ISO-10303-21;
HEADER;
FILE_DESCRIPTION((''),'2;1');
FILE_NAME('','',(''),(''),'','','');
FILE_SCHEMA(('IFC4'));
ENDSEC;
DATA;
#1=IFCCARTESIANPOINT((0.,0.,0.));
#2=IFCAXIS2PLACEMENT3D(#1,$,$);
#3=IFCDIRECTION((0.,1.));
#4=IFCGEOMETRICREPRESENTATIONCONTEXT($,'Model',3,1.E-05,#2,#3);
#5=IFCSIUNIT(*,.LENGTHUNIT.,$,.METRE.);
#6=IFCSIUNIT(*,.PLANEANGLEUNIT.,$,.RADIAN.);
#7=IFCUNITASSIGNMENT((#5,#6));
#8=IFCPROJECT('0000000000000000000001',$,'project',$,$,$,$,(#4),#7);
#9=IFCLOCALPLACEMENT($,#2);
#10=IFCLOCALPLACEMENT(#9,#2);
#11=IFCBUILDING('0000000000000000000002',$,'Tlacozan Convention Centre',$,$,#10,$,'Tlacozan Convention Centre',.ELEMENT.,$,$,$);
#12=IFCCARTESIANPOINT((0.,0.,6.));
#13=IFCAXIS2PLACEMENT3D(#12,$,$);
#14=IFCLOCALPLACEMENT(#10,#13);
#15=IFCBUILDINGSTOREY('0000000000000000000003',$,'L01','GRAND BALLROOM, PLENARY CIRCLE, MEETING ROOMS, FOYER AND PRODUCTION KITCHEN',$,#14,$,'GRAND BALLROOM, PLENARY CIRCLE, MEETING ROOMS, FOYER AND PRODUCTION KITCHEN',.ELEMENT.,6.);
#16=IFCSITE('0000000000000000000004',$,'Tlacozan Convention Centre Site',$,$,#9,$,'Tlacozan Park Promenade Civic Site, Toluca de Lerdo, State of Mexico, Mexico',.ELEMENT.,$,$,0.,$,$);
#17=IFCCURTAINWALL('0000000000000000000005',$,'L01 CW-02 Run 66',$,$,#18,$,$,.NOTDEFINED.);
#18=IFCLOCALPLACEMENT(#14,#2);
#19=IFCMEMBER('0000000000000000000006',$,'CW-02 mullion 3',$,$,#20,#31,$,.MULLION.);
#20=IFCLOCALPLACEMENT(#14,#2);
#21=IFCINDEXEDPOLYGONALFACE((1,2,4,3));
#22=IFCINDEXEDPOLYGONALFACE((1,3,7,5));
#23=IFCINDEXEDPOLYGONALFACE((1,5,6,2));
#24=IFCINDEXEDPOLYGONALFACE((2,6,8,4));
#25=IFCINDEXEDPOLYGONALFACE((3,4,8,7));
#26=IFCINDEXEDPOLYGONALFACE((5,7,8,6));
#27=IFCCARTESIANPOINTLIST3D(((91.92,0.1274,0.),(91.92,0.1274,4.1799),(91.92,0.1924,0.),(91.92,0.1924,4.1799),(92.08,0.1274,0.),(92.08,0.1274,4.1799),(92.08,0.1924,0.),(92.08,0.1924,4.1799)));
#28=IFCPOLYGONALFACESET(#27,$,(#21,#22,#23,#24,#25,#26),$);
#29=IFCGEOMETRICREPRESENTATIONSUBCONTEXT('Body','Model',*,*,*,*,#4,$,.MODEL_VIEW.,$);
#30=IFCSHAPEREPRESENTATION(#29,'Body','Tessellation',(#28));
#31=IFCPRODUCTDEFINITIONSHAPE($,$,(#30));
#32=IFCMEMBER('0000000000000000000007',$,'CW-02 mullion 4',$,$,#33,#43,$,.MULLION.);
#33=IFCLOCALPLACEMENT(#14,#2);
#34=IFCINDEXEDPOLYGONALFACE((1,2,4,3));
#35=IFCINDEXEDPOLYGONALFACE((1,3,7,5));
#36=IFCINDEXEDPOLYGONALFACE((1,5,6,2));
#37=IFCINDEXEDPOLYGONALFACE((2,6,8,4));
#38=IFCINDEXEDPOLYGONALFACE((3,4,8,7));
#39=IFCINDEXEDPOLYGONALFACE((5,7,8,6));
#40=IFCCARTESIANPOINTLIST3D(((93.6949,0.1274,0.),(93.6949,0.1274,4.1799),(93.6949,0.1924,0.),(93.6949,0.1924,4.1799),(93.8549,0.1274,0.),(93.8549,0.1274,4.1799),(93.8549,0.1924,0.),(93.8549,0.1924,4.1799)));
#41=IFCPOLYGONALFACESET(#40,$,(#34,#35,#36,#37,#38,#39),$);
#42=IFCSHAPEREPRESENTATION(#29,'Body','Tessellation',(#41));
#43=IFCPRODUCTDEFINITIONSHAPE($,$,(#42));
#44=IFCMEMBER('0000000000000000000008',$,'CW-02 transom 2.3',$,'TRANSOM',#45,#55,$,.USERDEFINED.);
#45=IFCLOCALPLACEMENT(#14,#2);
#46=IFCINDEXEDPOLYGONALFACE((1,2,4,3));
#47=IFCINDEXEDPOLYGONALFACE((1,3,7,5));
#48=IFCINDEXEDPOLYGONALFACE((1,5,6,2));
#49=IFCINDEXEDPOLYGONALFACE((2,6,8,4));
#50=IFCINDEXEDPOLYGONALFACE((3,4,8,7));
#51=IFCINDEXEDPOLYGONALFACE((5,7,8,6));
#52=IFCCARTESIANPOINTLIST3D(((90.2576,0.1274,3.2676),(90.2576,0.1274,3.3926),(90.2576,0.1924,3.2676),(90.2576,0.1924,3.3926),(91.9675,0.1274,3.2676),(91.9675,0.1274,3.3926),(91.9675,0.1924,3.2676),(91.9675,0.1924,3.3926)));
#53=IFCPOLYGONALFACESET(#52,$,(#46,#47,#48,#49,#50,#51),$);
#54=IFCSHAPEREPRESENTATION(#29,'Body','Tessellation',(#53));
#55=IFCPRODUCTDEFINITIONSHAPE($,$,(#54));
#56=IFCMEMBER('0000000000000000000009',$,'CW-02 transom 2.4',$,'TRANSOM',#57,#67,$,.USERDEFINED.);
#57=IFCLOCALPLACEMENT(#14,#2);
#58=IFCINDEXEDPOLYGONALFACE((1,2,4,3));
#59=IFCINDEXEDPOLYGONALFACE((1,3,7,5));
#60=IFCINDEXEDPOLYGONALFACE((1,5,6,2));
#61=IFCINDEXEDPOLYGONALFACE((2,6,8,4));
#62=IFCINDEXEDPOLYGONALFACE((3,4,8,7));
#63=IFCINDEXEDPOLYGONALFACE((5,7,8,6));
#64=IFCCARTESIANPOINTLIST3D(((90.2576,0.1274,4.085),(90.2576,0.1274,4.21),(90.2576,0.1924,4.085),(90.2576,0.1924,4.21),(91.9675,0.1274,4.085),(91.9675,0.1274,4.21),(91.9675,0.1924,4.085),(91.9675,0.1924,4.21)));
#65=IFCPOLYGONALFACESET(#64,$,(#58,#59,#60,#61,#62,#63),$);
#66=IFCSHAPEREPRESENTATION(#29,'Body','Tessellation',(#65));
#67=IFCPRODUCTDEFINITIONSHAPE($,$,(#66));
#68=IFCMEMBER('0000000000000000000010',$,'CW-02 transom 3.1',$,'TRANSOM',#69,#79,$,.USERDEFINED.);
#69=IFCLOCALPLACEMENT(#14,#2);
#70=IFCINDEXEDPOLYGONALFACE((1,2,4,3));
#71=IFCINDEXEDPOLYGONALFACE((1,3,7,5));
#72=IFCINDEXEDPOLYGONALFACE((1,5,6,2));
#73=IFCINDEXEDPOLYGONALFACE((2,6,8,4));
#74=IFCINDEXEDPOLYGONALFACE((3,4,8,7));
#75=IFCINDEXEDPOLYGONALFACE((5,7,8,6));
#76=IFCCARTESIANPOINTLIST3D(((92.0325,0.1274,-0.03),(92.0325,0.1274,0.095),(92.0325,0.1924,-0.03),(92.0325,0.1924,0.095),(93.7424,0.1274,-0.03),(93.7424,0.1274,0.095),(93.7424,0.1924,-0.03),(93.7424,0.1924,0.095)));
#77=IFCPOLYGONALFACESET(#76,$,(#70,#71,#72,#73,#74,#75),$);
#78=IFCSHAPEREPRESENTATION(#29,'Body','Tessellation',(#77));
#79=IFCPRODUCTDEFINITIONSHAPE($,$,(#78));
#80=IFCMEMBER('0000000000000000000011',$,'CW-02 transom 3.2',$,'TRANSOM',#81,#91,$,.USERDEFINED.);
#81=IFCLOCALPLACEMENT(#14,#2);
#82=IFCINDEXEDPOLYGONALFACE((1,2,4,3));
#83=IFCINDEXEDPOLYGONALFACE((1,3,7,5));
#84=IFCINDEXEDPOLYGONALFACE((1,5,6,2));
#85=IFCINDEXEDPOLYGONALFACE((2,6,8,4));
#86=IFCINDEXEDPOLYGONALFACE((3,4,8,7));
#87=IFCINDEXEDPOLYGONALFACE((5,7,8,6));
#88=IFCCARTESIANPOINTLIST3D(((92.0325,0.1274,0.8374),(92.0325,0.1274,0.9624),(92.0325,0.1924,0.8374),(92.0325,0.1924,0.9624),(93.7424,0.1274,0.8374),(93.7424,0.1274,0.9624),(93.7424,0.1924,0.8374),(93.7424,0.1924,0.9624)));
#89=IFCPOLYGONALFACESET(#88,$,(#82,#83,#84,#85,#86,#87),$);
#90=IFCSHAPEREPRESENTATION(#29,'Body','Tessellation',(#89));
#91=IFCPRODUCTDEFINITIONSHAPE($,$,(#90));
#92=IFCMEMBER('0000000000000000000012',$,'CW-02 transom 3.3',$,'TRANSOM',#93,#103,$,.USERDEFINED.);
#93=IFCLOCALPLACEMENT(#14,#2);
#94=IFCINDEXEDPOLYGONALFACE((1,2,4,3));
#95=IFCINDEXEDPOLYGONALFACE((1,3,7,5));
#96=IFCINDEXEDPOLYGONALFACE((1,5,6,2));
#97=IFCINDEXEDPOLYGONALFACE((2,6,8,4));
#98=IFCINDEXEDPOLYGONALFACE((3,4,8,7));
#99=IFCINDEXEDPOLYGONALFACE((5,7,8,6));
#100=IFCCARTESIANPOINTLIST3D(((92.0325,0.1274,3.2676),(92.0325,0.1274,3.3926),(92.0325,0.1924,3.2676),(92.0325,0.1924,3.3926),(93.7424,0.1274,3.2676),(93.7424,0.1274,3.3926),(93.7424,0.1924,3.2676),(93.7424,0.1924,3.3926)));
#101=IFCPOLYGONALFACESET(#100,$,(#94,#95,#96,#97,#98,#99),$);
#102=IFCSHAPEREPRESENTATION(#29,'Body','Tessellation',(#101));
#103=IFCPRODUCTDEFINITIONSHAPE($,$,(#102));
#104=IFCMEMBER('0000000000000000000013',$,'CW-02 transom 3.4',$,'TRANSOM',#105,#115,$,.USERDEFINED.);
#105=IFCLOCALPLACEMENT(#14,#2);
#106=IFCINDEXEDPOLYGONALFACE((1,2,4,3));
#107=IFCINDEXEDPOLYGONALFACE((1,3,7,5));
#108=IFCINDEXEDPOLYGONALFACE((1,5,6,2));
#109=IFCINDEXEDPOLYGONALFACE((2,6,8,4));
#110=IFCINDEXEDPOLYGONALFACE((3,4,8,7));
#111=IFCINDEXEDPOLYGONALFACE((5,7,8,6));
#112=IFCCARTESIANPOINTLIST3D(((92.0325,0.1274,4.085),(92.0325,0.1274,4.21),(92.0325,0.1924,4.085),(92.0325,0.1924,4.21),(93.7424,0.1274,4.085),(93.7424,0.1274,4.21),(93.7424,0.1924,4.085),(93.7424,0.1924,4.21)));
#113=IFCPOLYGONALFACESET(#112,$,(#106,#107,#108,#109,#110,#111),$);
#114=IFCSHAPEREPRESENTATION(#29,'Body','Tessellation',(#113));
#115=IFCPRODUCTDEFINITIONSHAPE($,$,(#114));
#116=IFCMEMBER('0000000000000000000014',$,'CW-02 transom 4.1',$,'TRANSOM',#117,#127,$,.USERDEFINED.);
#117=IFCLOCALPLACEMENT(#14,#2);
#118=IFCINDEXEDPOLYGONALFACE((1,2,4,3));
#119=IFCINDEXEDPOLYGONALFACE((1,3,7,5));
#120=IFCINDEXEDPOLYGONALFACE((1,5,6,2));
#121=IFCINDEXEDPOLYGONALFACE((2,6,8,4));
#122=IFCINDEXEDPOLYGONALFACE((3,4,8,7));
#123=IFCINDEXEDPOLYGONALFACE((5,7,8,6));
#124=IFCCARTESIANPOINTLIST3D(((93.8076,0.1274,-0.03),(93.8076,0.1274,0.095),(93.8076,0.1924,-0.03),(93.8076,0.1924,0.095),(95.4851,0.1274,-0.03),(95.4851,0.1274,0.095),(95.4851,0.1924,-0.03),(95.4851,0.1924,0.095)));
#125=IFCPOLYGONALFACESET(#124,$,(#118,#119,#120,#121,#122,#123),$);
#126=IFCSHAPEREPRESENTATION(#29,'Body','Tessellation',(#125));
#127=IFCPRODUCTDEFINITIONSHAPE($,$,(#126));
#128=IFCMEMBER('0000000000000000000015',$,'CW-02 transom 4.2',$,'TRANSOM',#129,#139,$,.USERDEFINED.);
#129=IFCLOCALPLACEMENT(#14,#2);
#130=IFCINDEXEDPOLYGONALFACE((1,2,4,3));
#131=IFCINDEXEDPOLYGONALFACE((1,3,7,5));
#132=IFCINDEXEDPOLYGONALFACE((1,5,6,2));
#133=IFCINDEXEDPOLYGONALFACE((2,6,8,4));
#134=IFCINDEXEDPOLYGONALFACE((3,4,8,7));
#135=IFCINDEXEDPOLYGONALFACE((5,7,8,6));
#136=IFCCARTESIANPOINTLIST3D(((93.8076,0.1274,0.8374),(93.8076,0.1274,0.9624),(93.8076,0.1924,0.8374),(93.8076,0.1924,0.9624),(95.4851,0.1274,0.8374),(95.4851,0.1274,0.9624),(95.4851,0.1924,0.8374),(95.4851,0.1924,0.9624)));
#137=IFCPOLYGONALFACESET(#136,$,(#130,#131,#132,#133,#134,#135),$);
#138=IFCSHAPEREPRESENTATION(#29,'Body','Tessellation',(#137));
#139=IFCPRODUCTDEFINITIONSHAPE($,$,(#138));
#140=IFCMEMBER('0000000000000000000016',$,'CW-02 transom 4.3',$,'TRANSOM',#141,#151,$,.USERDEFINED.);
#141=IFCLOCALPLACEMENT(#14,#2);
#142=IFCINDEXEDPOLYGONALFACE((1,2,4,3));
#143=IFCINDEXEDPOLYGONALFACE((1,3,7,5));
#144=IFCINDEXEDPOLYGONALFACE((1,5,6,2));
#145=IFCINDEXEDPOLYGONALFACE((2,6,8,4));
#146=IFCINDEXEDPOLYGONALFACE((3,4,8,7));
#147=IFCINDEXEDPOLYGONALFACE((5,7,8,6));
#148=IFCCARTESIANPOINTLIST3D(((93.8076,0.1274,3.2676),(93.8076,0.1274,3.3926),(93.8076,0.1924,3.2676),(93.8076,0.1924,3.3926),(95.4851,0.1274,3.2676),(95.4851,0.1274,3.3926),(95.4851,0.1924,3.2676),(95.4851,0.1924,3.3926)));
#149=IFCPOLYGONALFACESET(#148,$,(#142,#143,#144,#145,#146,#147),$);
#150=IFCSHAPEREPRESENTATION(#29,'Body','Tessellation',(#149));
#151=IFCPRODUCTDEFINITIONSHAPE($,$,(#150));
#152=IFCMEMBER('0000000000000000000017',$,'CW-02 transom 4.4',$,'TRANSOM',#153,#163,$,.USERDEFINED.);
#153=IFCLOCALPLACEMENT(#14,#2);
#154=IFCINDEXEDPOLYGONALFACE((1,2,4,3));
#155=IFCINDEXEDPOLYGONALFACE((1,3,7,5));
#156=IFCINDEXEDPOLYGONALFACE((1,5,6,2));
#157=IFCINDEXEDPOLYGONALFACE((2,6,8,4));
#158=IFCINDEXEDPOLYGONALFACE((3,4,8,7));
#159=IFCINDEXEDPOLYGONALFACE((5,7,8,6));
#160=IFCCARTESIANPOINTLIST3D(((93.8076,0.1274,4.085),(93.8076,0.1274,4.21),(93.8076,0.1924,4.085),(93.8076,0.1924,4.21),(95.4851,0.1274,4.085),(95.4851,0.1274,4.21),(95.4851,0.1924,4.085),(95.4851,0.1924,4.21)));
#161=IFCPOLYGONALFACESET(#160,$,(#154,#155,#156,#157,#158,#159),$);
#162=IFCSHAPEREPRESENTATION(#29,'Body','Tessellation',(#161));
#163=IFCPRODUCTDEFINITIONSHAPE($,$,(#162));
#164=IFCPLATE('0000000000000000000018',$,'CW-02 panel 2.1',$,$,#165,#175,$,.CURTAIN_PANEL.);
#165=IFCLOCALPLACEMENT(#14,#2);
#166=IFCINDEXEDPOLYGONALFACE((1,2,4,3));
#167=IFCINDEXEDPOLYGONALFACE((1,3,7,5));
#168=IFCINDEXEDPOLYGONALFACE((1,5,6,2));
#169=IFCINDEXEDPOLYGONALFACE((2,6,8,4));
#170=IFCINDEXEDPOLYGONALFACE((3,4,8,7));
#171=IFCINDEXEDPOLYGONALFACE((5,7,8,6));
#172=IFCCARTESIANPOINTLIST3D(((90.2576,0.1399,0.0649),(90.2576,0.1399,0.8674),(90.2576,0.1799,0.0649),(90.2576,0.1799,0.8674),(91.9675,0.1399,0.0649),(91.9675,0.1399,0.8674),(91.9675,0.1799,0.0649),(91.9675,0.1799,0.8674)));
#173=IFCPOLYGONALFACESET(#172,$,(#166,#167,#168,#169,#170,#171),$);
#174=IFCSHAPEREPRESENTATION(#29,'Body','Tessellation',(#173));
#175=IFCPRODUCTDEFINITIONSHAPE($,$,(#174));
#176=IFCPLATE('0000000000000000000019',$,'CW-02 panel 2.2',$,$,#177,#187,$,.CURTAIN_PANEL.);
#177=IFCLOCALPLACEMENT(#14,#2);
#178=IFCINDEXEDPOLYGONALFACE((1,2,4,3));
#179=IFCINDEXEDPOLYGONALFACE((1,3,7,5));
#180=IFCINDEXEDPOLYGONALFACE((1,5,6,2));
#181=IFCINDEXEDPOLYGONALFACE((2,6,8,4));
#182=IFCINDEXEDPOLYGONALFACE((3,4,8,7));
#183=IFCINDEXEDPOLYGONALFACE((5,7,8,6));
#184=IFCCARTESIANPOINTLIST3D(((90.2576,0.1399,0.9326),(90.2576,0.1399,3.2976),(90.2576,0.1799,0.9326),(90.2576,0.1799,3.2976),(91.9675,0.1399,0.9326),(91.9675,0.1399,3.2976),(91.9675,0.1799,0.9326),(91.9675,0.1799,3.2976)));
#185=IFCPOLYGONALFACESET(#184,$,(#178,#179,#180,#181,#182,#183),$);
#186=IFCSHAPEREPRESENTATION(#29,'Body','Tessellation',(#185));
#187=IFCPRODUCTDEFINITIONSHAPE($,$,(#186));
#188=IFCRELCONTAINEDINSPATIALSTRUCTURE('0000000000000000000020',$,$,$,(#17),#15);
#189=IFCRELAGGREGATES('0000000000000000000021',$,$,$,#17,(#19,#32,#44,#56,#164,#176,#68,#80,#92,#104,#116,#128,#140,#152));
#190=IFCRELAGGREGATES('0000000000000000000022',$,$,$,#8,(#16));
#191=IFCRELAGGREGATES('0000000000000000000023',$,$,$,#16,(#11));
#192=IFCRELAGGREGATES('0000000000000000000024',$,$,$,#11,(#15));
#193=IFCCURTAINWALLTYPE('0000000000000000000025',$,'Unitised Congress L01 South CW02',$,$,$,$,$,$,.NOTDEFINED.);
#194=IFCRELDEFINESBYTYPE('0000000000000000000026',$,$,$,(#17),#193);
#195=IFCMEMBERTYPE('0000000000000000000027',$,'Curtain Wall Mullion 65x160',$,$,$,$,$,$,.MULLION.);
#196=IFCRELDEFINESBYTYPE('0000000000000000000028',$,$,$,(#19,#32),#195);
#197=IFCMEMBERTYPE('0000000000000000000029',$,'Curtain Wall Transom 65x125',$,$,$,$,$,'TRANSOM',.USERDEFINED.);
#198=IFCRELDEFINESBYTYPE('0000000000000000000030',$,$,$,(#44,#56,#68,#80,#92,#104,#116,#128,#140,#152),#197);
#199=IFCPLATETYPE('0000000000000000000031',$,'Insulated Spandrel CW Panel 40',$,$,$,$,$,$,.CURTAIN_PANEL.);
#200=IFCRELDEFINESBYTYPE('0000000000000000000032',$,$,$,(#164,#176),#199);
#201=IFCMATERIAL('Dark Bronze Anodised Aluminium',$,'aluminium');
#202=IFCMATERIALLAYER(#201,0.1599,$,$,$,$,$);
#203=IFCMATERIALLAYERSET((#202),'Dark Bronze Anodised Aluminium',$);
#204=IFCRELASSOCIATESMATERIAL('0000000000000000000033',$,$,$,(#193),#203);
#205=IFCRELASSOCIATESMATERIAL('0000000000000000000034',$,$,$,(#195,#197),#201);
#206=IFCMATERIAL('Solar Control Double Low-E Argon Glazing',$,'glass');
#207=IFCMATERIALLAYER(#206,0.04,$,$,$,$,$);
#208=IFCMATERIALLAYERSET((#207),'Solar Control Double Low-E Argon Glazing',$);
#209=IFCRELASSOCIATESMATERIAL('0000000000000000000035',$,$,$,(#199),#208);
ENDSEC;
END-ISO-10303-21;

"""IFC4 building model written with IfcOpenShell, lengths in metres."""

from ifc_helpers import new_model, si_unit, direction, frame, origin, origin_2d, place, context, subcontext, project, spatial, rectangle, extrude, material, layer, layer_set, material_profile, profile_set, type_object, element, aggregate, save


model = new_model("IFC4")

# Units and contexts
model_context = context("Model", 3, precision=1e-05, world=origin(), true_north=direction((0.0, 1.0)))
body_context = subcontext(model_context, "Body", "Model", "MODEL_VIEW")
ifc_project = project(units=[si_unit("LENGTHUNIT", "METRE"), si_unit("PLANEANGLEUNIT", "RADIAN")], contexts=[model_context])

# Site, building, storey
site_placement = place(None, origin())
site = spatial("IfcSite", under=ifc_project, at=site_placement, Name="Tlacozan Convention Centre Site", LongName="Tlacozan Park Promenade Civic Site, Toluca de Lerdo, State of Mexico, Mexico", CompositionType="ELEMENT", RefElevation=0.0)
building_placement = place(site_placement, origin())
building = spatial("IfcBuilding", under=site, at=building_placement, Name="Tlacozan Convention Centre", LongName="Tlacozan Convention Centre", CompositionType="ELEMENT")
storey_placement = place(building_placement, frame((0.0, 0.0, 6.0)))
storey = spatial("IfcBuildingStorey", under=building, at=storey_placement, Name="L01", Description="GRAND BALLROOM, PLENARY CIRCLE, MEETING ROOMS, FOYER AND PRODUCTION KITCHEN", LongName="GRAND BALLROOM, PLENARY CIRCLE, MEETING ROOMS, FOYER AND PRODUCTION KITCHEN", CompositionType="ELEMENT", Elevation=6.0)

# Curtain wall, members, plates
ifc_material_1 = material(Name="Dark Bronze Anodised Aluminium", Category="aluminium")
ifc_layer_1 = layer(ifc_material_1, 0.1599)
ifc_layer_set_1 = layer_set([ifc_layer_1], Name="Dark Bronze Anodised Aluminium")
curtain_wall_type = type_object("IfcCurtainWallType", Name="Unitised Congress L01 South CW02", PredefinedType="NOTDEFINED", material=ifc_layer_set_1)
curtain_wall_placement = place(storey_placement, origin())
curtain_wall = element("IfcCurtainWall", 1, at=curtain_wall_placement, inside=storey, type_object=curtain_wall_type, Name="L01 CW-02 Run 66", PredefinedType="NOTDEFINED")
ifc_material_profile_1 = material_profile(ifc_material_1, rectangle(XDim=0.0649, YDim=0.1599, at=origin_2d()), Name="ALU 65x160")
ifc_profile_set_1 = profile_set([ifc_material_profile_1], Name="Dark Bronze Anodised Aluminium")
member_type_1 = type_object("IfcMemberType", Name="Curtain Wall Mullion 65x160", PredefinedType="MULLION", material=ifc_profile_set_1)
member_1_placement = place(storey_placement, frame((92.0, 0.1599, 0.0), z_axis=(0.0, 0.0, 1.0), x_axis=(0.0, 1.0, 0.0)))
member_1 = element("IfcMember", 2, at=member_1_placement, type_object=member_type_1, Name="CW-02 mullion 3", PredefinedType="MULLION", context=body_context, shape_type="SweptSolid", body=[
    extrude(rectangle(XDim=0.0649, YDim=0.1599, at=origin_2d()), origin(), (0.0, 0.0, 1.0), 4.1799),
])
member_2_placement = place(storey_placement, frame((93.7749, 0.1599, 0.0), z_axis=(0.0, 0.0, 1.0), x_axis=(0.0, 1.0, 0.0)))
member_2 = element("IfcMember", 3, at=member_2_placement, type_object=member_type_1, Name="CW-02 mullion 4", PredefinedType="MULLION", context=body_context, shape_type="SweptSolid", body=[
    extrude(rectangle(XDim=0.0649, YDim=0.1599, at=origin_2d()), origin(), (0.0, 0.0, 1.0), 4.1799),
])
ifc_material_profile_2 = material_profile(ifc_material_1, rectangle(XDim=0.0649, YDim=0.125, at=origin_2d()), Name="ALU 65x125")
ifc_profile_set_2 = profile_set([ifc_material_profile_2], Name="Dark Bronze Anodised Aluminium")
member_type_2 = type_object("IfcMemberType", Name="Curtain Wall Transom 65x125", ElementType="TRANSOM", PredefinedType="USERDEFINED", material=ifc_profile_set_2)
member_3_placement = place(storey_placement, frame((90.2576, 0.1599, 3.3301), z_axis=(1.0, 0.0, 0.0), x_axis=(0.0, 1.0, 0.0)))
member_3 = element("IfcMember", 4, at=member_3_placement, type_object=member_type_2, Name="CW-02 transom 2.3", ObjectType="TRANSOM", PredefinedType="USERDEFINED", context=body_context, shape_type="SweptSolid", body=[
    extrude(rectangle(XDim=0.0649, YDim=0.125, at=origin_2d()), origin(), (0.0, 0.0, 1.0), 1.71),
])
member_4_placement = place(storey_placement, frame((90.2576, 0.1599, 4.1475), z_axis=(1.0, 0.0, 0.0), x_axis=(0.0, 1.0, 0.0)))
member_4 = element("IfcMember", 5, at=member_4_placement, type_object=member_type_2, Name="CW-02 transom 2.4", ObjectType="TRANSOM", PredefinedType="USERDEFINED", context=body_context, shape_type="SweptSolid", body=[
    extrude(rectangle(XDim=0.0649, YDim=0.125, at=origin_2d()), origin(), (0.0, 0.0, 1.0), 1.71),
])
member_5_placement = place(storey_placement, frame((92.0325, 0.1599, 0.0325), z_axis=(1.0, 0.0, 0.0), x_axis=(0.0, 1.0, 0.0)))
member_5 = element("IfcMember", 6, at=member_5_placement, type_object=member_type_2, Name="CW-02 transom 3.1", ObjectType="TRANSOM", PredefinedType="USERDEFINED", context=body_context, shape_type="SweptSolid", body=[
    extrude(rectangle(XDim=0.0649, YDim=0.125, at=origin_2d()), origin(), (0.0, 0.0, 1.0), 1.71),
])
member_6_placement = place(storey_placement, frame((92.0325, 0.1599, 0.8999), z_axis=(1.0, 0.0, 0.0), x_axis=(0.0, 1.0, 0.0)))
member_6 = element("IfcMember", 7, at=member_6_placement, type_object=member_type_2, Name="CW-02 transom 3.2", ObjectType="TRANSOM", PredefinedType="USERDEFINED", context=body_context, shape_type="SweptSolid", body=[
    extrude(rectangle(XDim=0.0649, YDim=0.125, at=origin_2d()), origin(), (0.0, 0.0, 1.0), 1.71),
])
member_7_placement = place(storey_placement, frame((92.0325, 0.1599, 3.3301), z_axis=(1.0, 0.0, 0.0), x_axis=(0.0, 1.0, 0.0)))
member_7 = element("IfcMember", 8, at=member_7_placement, type_object=member_type_2, Name="CW-02 transom 3.3", ObjectType="TRANSOM", PredefinedType="USERDEFINED", context=body_context, shape_type="SweptSolid", body=[
    extrude(rectangle(XDim=0.0649, YDim=0.125, at=origin_2d()), origin(), (0.0, 0.0, 1.0), 1.71),
])
member_8_placement = place(storey_placement, frame((92.0325, 0.1599, 4.1475), z_axis=(1.0, 0.0, 0.0), x_axis=(0.0, 1.0, 0.0)))
member_8 = element("IfcMember", 9, at=member_8_placement, type_object=member_type_2, Name="CW-02 transom 3.4", ObjectType="TRANSOM", PredefinedType="USERDEFINED", context=body_context, shape_type="SweptSolid", body=[
    extrude(rectangle(XDim=0.0649, YDim=0.125, at=origin_2d()), origin(), (0.0, 0.0, 1.0), 1.71),
])
member_9_placement = place(storey_placement, frame((93.8076, 0.1599, 0.0325), z_axis=(1.0, 0.0, 0.0), x_axis=(0.0, 1.0, 0.0)))
member_9 = element("IfcMember", 10, at=member_9_placement, type_object=member_type_2, Name="CW-02 transom 4.1", ObjectType="TRANSOM", PredefinedType="USERDEFINED", context=body_context, shape_type="SweptSolid", body=[
    extrude(rectangle(XDim=0.0649, YDim=0.125, at=origin_2d()), origin(), (0.0, 0.0, 1.0), 1.6775),
])
member_10_placement = place(storey_placement, frame((93.8076, 0.1599, 0.8999), z_axis=(1.0, 0.0, 0.0), x_axis=(0.0, 1.0, 0.0)))
member_10 = element("IfcMember", 11, at=member_10_placement, type_object=member_type_2, Name="CW-02 transom 4.2", ObjectType="TRANSOM", PredefinedType="USERDEFINED", context=body_context, shape_type="SweptSolid", body=[
    extrude(rectangle(XDim=0.0649, YDim=0.125, at=origin_2d()), origin(), (0.0, 0.0, 1.0), 1.6775),
])
member_11_placement = place(storey_placement, frame((93.8076, 0.1599, 3.3301), z_axis=(1.0, 0.0, 0.0), x_axis=(0.0, 1.0, 0.0)))
member_11 = element("IfcMember", 12, at=member_11_placement, type_object=member_type_2, Name="CW-02 transom 4.3", ObjectType="TRANSOM", PredefinedType="USERDEFINED", context=body_context, shape_type="SweptSolid", body=[
    extrude(rectangle(XDim=0.0649, YDim=0.125, at=origin_2d()), origin(), (0.0, 0.0, 1.0), 1.6775),
])
member_12_placement = place(storey_placement, frame((93.8076, 0.1599, 4.1475), z_axis=(1.0, 0.0, 0.0), x_axis=(0.0, 1.0, 0.0)))
member_12 = element("IfcMember", 13, at=member_12_placement, type_object=member_type_2, Name="CW-02 transom 4.4", ObjectType="TRANSOM", PredefinedType="USERDEFINED", context=body_context, shape_type="SweptSolid", body=[
    extrude(rectangle(XDim=0.0649, YDim=0.125, at=origin_2d()), origin(), (0.0, 0.0, 1.0), 1.6775),
])
ifc_material_2 = material(Name="Solar Control Double Low-E Argon Glazing", Category="glass")
ifc_layer_2 = layer(ifc_material_2, 0.04)
ifc_layer_set_2 = layer_set([ifc_layer_2], Name="Solar Control Double Low-E Argon Glazing")
plate_type = type_object("IfcPlateType", Name="Insulated Spandrel CW Panel 40", PredefinedType="CURTAIN_PANEL", material=ifc_layer_set_2)
plate_1_placement = place(storey_placement, frame((91.1125, 0.1599, 0.0649), z_axis=(0.0, 0.0, 1.0), x_axis=(1.0, 0.0, 0.0)))
plate_1 = element("IfcPlate", 14, at=plate_1_placement, type_object=plate_type, Name="CW-02 panel 2.1", PredefinedType="CURTAIN_PANEL", context=body_context, shape_type="SweptSolid", body=[
    extrude(rectangle(XDim=1.71, YDim=0.04, at=origin_2d()), origin(), (0.0, 0.0, 1.0), 0.8025),
])
plate_2_placement = place(storey_placement, frame((91.1125, 0.1599, 0.9326), z_axis=(0.0, 0.0, 1.0), x_axis=(1.0, 0.0, 0.0)))
plate_2 = element("IfcPlate", 15, at=plate_2_placement, type_object=plate_type, Name="CW-02 panel 2.2", PredefinedType="CURTAIN_PANEL", context=body_context, shape_type="SweptSolid", body=[
    extrude(rectangle(XDim=1.71, YDim=0.04, at=origin_2d()), origin(), (0.0, 0.0, 1.0), 2.365),
])
aggregate(curtain_wall, [member_1, member_2, member_3, member_4, plate_1, plate_2, member_5, member_6, member_7, member_8, member_9, member_10, member_11, member_12])

save(model, "model.ifc")
